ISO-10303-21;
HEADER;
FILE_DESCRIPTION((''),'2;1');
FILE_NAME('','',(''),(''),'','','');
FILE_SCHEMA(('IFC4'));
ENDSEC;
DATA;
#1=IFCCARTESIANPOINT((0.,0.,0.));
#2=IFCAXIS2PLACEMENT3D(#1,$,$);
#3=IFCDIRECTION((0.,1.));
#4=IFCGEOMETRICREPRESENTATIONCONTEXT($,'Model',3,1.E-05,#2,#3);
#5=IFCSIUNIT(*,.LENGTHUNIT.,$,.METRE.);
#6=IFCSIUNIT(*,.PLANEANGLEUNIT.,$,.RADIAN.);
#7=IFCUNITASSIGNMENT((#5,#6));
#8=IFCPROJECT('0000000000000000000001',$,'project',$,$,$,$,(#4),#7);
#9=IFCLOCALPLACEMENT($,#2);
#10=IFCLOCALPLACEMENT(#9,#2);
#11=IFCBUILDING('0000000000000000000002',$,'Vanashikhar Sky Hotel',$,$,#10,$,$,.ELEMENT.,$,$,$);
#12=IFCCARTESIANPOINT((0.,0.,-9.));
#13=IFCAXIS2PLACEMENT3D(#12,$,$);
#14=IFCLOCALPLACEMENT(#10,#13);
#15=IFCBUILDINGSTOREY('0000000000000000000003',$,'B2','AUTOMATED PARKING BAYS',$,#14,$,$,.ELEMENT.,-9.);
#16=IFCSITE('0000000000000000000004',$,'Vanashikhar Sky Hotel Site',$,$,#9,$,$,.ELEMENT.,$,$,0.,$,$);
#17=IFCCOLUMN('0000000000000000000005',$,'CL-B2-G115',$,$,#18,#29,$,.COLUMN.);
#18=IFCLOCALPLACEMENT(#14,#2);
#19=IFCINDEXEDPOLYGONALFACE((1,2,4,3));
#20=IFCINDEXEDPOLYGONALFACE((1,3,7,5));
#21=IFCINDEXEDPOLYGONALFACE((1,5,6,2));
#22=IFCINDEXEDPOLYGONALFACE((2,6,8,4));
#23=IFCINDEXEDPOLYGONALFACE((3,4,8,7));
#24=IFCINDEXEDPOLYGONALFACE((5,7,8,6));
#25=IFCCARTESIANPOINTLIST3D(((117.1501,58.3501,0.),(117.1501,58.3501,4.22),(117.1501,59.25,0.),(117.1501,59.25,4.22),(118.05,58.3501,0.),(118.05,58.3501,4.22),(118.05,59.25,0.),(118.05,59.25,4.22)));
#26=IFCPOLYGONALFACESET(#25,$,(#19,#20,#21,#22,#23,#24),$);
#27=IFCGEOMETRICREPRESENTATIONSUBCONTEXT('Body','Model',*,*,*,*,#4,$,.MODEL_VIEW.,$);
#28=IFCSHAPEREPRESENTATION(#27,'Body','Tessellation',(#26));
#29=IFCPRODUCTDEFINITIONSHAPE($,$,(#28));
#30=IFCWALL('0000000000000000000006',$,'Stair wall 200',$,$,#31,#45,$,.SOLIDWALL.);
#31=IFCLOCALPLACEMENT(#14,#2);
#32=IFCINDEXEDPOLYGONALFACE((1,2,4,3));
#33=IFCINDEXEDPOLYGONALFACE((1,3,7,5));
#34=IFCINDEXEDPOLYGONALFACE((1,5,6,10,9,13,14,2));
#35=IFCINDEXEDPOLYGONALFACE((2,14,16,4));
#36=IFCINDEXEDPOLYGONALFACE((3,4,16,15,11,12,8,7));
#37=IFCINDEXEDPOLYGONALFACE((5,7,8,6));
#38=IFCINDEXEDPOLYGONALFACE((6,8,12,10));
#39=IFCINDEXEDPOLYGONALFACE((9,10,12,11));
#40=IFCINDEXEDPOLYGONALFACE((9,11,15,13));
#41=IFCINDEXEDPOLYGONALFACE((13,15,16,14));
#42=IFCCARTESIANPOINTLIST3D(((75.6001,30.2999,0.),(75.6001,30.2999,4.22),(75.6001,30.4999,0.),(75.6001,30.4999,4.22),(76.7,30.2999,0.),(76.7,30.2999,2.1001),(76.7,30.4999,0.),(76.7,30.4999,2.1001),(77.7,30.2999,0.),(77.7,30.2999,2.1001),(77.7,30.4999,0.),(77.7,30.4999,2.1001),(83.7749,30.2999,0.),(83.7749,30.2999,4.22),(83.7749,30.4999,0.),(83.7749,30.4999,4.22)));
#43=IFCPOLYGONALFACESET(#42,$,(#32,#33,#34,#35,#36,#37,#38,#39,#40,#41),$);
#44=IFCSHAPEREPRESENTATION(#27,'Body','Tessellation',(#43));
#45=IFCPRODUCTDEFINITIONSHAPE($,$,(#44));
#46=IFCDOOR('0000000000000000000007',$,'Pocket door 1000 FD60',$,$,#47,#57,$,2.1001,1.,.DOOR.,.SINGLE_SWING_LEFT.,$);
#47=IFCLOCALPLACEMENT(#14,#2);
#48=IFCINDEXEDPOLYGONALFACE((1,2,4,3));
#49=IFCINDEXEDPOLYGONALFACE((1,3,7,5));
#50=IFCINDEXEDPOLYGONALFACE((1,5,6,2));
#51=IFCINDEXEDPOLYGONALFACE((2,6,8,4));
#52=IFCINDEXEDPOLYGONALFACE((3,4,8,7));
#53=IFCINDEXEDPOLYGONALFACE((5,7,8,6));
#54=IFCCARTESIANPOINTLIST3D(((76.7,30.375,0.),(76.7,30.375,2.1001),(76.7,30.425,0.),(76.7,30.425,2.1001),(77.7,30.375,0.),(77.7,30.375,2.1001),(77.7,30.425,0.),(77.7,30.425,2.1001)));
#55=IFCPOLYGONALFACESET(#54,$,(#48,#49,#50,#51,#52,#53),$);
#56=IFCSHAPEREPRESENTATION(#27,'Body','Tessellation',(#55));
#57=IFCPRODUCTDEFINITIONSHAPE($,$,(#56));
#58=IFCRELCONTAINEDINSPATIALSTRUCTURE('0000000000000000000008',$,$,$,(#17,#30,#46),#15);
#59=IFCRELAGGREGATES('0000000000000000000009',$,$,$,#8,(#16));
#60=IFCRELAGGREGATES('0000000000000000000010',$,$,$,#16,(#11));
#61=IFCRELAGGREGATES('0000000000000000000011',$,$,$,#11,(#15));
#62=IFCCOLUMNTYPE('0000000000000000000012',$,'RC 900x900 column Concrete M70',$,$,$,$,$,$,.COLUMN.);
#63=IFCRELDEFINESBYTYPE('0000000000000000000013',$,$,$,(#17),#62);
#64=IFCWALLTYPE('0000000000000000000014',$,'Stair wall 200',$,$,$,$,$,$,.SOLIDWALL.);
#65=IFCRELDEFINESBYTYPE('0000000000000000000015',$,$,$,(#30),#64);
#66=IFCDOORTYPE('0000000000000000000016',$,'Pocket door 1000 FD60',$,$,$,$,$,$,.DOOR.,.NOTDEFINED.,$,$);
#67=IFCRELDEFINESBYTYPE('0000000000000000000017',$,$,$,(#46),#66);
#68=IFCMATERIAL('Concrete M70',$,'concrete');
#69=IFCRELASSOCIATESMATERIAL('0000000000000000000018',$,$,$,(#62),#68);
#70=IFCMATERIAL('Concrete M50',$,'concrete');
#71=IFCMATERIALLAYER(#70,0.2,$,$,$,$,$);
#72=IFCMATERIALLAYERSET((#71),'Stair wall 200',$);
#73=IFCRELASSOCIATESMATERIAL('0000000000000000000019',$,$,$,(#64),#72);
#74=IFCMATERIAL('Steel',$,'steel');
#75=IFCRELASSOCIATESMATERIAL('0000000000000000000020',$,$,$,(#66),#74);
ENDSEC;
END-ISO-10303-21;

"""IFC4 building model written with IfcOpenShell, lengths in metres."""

from ifc_helpers import new_model, si_unit, direction, frame, frame_2d, origin, origin_2d, place, context, subcontext, project, spatial, rectangle, extrude, source, transform, mapped, material, layer, layer_set, material_profile, profile_set, type_object, element, fill, save


model = new_model("IFC4")

# Units and contexts
model_context = context("Model", 3, precision=1e-05, world=origin(), true_north=direction((0.0, 1.0)))
body_context = subcontext(model_context, "Body", "Model", "MODEL_VIEW")
ifc_project = project(units=[si_unit("LENGTHUNIT", "METRE"), si_unit("PLANEANGLEUNIT", "RADIAN")], contexts=[model_context])

# Site, building, storey
site_placement = place(None, origin())
site = spatial("IfcSite", under=ifc_project, at=site_placement, Name="Vanashikhar Sky Hotel Site", CompositionType="ELEMENT", RefElevation=0.0)
building_placement = place(site_placement, origin())
building = spatial("IfcBuilding", under=site, at=building_placement, Name="Vanashikhar Sky Hotel", CompositionType="ELEMENT")
storey_placement = place(building_placement, frame((0.0, 0.0, -9.0)))
storey = spatial("IfcBuildingStorey", under=building, at=storey_placement, Name="B2", Description="AUTOMATED PARKING BAYS", CompositionType="ELEMENT", Elevation=-9.0)

# Column
ifc_material_1 = material(Name="Concrete M70", Category="concrete")
ifc_material_profile_1 = material_profile(ifc_material_1, rectangle(XDim=0.8999, YDim=0.8999, at=origin_2d()))
ifc_profile_set_1 = profile_set([ifc_material_profile_1], Name="RC 900x900 column Concrete M70")
column_type_1 = type_object("IfcColumnType", Name="RC 900x900 column Concrete M70", PredefinedType="COLUMN", material=ifc_profile_set_1)
shared_shape_1 = source(origin(), body_context, "Body", "SweptSolid", [
    extrude(rectangle(XDim=0.8999, YDim=0.8999, at=origin_2d()), origin(), (0.0, 0.0, 1.0), 4.22),
])
for number, where, z_axis, x_axis, name in (
    (1, (117.6001, 58.8, 0.0), (0.0, 0.0, 1.0), (1.0, 0.0, 0.0), "CL-B2-G115"),
):
    element("IfcColumn", number, at=place(storey_placement, frame(where, z_axis=z_axis, x_axis=x_axis)), inside=storey, type_object=column_type_1, Name=name, PredefinedType="COLUMN", context=body_context, shape_type="MappedRepresentation", body=[
        mapped(shared_shape_1, transform((0.0, 0.0, 0.0), scale=1.0)),
    ])

# Wall, opening, door
ifc_material_2 = material(Name="Concrete M50", Category="concrete")
ifc_layer = layer(ifc_material_2, 0.2)
ifc_layer_set = layer_set([ifc_layer], Name="Stair wall 200")
wall_type = type_object("IfcWallType", Name="Stair wall 200", PredefinedType="SOLIDWALL", material=ifc_layer_set)
shared_shape_2 = source(origin(), body_context, "Body", "SweptSolid", [
    extrude(rectangle(XDim=8.1748, YDim=0.2, at=frame_2d((4.0874, 0.0))), origin(), (0.0, 0.0, 1.0), 4.22),
])
wall_placement = place(storey_placement, frame((83.7749, 30.3999, 0.0), z_axis=(0.0, 0.0, 1.0), x_axis=(-1.0, 0.0, 0.0)))
wall = element("IfcWall", 2, at=wall_placement, inside=storey, type_object=wall_type, Name="Stair wall 200", PredefinedType="SOLIDWALL", context=body_context, shape_type="MappedRepresentation", body=[
    mapped(shared_shape_2, transform((0.0, 0.0, 0.0), scale=1.0)),
])
shared_shape_3 = source(origin(), body_context, "Body", "SweptSolid", [
    extrude(rectangle(XDim=1.0, YDim=2.1001, at=frame_2d((0.5, 1.05))), frame((0.0, 0.1099, 0.0), z_axis=(0.0, -1.0, 0.0), x_axis=(1.0, 0.0, 0.0)), (0.0, 0.0, 1.0), 0.22),
])
opening_placement = place(wall_placement, frame((6.075, 0.0, 0.0)))
opening = element("IfcOpeningElement", 3, at=opening_placement, cuts=wall, PredefinedType="OPENING", context=body_context, shape_type="MappedRepresentation", body=[
    mapped(shared_shape_3, transform((0.0, 0.0, 0.0), scale=1.0)),
])
ifc_material_3 = material(Name="Steel", Category="steel")
door_type = type_object("IfcDoorType", Name="Pocket door 1000 FD60", OperationType="NOTDEFINED", PredefinedType="DOOR", material=ifc_material_3)
shared_shape_4 = source(origin(), body_context, "Body", "SweptSolid", [
    extrude(rectangle(XDim=1.0, YDim=2.1001, at=frame_2d((0.5, 1.05))), frame((0.0, 0.0249, 0.0), z_axis=(0.0, -1.0, 0.0), x_axis=(1.0, 0.0, 0.0)), (0.0, 0.0, 1.0), 0.05),
])
door_placement = place(opening_placement, origin())
door = element("IfcDoor", 4, at=door_placement, inside=storey, type_object=door_type, Name="Pocket door 1000 FD60", OperationType="SINGLE_SWING_LEFT", OverallHeight=2.1001, OverallWidth=1.0, PredefinedType="DOOR", context=body_context, shape_type="MappedRepresentation", body=[
    mapped(shared_shape_4, transform((0.0, 0.0, 0.0), scale=1.0)),
])
fill(opening, door)

save(model, "model.ifc")
